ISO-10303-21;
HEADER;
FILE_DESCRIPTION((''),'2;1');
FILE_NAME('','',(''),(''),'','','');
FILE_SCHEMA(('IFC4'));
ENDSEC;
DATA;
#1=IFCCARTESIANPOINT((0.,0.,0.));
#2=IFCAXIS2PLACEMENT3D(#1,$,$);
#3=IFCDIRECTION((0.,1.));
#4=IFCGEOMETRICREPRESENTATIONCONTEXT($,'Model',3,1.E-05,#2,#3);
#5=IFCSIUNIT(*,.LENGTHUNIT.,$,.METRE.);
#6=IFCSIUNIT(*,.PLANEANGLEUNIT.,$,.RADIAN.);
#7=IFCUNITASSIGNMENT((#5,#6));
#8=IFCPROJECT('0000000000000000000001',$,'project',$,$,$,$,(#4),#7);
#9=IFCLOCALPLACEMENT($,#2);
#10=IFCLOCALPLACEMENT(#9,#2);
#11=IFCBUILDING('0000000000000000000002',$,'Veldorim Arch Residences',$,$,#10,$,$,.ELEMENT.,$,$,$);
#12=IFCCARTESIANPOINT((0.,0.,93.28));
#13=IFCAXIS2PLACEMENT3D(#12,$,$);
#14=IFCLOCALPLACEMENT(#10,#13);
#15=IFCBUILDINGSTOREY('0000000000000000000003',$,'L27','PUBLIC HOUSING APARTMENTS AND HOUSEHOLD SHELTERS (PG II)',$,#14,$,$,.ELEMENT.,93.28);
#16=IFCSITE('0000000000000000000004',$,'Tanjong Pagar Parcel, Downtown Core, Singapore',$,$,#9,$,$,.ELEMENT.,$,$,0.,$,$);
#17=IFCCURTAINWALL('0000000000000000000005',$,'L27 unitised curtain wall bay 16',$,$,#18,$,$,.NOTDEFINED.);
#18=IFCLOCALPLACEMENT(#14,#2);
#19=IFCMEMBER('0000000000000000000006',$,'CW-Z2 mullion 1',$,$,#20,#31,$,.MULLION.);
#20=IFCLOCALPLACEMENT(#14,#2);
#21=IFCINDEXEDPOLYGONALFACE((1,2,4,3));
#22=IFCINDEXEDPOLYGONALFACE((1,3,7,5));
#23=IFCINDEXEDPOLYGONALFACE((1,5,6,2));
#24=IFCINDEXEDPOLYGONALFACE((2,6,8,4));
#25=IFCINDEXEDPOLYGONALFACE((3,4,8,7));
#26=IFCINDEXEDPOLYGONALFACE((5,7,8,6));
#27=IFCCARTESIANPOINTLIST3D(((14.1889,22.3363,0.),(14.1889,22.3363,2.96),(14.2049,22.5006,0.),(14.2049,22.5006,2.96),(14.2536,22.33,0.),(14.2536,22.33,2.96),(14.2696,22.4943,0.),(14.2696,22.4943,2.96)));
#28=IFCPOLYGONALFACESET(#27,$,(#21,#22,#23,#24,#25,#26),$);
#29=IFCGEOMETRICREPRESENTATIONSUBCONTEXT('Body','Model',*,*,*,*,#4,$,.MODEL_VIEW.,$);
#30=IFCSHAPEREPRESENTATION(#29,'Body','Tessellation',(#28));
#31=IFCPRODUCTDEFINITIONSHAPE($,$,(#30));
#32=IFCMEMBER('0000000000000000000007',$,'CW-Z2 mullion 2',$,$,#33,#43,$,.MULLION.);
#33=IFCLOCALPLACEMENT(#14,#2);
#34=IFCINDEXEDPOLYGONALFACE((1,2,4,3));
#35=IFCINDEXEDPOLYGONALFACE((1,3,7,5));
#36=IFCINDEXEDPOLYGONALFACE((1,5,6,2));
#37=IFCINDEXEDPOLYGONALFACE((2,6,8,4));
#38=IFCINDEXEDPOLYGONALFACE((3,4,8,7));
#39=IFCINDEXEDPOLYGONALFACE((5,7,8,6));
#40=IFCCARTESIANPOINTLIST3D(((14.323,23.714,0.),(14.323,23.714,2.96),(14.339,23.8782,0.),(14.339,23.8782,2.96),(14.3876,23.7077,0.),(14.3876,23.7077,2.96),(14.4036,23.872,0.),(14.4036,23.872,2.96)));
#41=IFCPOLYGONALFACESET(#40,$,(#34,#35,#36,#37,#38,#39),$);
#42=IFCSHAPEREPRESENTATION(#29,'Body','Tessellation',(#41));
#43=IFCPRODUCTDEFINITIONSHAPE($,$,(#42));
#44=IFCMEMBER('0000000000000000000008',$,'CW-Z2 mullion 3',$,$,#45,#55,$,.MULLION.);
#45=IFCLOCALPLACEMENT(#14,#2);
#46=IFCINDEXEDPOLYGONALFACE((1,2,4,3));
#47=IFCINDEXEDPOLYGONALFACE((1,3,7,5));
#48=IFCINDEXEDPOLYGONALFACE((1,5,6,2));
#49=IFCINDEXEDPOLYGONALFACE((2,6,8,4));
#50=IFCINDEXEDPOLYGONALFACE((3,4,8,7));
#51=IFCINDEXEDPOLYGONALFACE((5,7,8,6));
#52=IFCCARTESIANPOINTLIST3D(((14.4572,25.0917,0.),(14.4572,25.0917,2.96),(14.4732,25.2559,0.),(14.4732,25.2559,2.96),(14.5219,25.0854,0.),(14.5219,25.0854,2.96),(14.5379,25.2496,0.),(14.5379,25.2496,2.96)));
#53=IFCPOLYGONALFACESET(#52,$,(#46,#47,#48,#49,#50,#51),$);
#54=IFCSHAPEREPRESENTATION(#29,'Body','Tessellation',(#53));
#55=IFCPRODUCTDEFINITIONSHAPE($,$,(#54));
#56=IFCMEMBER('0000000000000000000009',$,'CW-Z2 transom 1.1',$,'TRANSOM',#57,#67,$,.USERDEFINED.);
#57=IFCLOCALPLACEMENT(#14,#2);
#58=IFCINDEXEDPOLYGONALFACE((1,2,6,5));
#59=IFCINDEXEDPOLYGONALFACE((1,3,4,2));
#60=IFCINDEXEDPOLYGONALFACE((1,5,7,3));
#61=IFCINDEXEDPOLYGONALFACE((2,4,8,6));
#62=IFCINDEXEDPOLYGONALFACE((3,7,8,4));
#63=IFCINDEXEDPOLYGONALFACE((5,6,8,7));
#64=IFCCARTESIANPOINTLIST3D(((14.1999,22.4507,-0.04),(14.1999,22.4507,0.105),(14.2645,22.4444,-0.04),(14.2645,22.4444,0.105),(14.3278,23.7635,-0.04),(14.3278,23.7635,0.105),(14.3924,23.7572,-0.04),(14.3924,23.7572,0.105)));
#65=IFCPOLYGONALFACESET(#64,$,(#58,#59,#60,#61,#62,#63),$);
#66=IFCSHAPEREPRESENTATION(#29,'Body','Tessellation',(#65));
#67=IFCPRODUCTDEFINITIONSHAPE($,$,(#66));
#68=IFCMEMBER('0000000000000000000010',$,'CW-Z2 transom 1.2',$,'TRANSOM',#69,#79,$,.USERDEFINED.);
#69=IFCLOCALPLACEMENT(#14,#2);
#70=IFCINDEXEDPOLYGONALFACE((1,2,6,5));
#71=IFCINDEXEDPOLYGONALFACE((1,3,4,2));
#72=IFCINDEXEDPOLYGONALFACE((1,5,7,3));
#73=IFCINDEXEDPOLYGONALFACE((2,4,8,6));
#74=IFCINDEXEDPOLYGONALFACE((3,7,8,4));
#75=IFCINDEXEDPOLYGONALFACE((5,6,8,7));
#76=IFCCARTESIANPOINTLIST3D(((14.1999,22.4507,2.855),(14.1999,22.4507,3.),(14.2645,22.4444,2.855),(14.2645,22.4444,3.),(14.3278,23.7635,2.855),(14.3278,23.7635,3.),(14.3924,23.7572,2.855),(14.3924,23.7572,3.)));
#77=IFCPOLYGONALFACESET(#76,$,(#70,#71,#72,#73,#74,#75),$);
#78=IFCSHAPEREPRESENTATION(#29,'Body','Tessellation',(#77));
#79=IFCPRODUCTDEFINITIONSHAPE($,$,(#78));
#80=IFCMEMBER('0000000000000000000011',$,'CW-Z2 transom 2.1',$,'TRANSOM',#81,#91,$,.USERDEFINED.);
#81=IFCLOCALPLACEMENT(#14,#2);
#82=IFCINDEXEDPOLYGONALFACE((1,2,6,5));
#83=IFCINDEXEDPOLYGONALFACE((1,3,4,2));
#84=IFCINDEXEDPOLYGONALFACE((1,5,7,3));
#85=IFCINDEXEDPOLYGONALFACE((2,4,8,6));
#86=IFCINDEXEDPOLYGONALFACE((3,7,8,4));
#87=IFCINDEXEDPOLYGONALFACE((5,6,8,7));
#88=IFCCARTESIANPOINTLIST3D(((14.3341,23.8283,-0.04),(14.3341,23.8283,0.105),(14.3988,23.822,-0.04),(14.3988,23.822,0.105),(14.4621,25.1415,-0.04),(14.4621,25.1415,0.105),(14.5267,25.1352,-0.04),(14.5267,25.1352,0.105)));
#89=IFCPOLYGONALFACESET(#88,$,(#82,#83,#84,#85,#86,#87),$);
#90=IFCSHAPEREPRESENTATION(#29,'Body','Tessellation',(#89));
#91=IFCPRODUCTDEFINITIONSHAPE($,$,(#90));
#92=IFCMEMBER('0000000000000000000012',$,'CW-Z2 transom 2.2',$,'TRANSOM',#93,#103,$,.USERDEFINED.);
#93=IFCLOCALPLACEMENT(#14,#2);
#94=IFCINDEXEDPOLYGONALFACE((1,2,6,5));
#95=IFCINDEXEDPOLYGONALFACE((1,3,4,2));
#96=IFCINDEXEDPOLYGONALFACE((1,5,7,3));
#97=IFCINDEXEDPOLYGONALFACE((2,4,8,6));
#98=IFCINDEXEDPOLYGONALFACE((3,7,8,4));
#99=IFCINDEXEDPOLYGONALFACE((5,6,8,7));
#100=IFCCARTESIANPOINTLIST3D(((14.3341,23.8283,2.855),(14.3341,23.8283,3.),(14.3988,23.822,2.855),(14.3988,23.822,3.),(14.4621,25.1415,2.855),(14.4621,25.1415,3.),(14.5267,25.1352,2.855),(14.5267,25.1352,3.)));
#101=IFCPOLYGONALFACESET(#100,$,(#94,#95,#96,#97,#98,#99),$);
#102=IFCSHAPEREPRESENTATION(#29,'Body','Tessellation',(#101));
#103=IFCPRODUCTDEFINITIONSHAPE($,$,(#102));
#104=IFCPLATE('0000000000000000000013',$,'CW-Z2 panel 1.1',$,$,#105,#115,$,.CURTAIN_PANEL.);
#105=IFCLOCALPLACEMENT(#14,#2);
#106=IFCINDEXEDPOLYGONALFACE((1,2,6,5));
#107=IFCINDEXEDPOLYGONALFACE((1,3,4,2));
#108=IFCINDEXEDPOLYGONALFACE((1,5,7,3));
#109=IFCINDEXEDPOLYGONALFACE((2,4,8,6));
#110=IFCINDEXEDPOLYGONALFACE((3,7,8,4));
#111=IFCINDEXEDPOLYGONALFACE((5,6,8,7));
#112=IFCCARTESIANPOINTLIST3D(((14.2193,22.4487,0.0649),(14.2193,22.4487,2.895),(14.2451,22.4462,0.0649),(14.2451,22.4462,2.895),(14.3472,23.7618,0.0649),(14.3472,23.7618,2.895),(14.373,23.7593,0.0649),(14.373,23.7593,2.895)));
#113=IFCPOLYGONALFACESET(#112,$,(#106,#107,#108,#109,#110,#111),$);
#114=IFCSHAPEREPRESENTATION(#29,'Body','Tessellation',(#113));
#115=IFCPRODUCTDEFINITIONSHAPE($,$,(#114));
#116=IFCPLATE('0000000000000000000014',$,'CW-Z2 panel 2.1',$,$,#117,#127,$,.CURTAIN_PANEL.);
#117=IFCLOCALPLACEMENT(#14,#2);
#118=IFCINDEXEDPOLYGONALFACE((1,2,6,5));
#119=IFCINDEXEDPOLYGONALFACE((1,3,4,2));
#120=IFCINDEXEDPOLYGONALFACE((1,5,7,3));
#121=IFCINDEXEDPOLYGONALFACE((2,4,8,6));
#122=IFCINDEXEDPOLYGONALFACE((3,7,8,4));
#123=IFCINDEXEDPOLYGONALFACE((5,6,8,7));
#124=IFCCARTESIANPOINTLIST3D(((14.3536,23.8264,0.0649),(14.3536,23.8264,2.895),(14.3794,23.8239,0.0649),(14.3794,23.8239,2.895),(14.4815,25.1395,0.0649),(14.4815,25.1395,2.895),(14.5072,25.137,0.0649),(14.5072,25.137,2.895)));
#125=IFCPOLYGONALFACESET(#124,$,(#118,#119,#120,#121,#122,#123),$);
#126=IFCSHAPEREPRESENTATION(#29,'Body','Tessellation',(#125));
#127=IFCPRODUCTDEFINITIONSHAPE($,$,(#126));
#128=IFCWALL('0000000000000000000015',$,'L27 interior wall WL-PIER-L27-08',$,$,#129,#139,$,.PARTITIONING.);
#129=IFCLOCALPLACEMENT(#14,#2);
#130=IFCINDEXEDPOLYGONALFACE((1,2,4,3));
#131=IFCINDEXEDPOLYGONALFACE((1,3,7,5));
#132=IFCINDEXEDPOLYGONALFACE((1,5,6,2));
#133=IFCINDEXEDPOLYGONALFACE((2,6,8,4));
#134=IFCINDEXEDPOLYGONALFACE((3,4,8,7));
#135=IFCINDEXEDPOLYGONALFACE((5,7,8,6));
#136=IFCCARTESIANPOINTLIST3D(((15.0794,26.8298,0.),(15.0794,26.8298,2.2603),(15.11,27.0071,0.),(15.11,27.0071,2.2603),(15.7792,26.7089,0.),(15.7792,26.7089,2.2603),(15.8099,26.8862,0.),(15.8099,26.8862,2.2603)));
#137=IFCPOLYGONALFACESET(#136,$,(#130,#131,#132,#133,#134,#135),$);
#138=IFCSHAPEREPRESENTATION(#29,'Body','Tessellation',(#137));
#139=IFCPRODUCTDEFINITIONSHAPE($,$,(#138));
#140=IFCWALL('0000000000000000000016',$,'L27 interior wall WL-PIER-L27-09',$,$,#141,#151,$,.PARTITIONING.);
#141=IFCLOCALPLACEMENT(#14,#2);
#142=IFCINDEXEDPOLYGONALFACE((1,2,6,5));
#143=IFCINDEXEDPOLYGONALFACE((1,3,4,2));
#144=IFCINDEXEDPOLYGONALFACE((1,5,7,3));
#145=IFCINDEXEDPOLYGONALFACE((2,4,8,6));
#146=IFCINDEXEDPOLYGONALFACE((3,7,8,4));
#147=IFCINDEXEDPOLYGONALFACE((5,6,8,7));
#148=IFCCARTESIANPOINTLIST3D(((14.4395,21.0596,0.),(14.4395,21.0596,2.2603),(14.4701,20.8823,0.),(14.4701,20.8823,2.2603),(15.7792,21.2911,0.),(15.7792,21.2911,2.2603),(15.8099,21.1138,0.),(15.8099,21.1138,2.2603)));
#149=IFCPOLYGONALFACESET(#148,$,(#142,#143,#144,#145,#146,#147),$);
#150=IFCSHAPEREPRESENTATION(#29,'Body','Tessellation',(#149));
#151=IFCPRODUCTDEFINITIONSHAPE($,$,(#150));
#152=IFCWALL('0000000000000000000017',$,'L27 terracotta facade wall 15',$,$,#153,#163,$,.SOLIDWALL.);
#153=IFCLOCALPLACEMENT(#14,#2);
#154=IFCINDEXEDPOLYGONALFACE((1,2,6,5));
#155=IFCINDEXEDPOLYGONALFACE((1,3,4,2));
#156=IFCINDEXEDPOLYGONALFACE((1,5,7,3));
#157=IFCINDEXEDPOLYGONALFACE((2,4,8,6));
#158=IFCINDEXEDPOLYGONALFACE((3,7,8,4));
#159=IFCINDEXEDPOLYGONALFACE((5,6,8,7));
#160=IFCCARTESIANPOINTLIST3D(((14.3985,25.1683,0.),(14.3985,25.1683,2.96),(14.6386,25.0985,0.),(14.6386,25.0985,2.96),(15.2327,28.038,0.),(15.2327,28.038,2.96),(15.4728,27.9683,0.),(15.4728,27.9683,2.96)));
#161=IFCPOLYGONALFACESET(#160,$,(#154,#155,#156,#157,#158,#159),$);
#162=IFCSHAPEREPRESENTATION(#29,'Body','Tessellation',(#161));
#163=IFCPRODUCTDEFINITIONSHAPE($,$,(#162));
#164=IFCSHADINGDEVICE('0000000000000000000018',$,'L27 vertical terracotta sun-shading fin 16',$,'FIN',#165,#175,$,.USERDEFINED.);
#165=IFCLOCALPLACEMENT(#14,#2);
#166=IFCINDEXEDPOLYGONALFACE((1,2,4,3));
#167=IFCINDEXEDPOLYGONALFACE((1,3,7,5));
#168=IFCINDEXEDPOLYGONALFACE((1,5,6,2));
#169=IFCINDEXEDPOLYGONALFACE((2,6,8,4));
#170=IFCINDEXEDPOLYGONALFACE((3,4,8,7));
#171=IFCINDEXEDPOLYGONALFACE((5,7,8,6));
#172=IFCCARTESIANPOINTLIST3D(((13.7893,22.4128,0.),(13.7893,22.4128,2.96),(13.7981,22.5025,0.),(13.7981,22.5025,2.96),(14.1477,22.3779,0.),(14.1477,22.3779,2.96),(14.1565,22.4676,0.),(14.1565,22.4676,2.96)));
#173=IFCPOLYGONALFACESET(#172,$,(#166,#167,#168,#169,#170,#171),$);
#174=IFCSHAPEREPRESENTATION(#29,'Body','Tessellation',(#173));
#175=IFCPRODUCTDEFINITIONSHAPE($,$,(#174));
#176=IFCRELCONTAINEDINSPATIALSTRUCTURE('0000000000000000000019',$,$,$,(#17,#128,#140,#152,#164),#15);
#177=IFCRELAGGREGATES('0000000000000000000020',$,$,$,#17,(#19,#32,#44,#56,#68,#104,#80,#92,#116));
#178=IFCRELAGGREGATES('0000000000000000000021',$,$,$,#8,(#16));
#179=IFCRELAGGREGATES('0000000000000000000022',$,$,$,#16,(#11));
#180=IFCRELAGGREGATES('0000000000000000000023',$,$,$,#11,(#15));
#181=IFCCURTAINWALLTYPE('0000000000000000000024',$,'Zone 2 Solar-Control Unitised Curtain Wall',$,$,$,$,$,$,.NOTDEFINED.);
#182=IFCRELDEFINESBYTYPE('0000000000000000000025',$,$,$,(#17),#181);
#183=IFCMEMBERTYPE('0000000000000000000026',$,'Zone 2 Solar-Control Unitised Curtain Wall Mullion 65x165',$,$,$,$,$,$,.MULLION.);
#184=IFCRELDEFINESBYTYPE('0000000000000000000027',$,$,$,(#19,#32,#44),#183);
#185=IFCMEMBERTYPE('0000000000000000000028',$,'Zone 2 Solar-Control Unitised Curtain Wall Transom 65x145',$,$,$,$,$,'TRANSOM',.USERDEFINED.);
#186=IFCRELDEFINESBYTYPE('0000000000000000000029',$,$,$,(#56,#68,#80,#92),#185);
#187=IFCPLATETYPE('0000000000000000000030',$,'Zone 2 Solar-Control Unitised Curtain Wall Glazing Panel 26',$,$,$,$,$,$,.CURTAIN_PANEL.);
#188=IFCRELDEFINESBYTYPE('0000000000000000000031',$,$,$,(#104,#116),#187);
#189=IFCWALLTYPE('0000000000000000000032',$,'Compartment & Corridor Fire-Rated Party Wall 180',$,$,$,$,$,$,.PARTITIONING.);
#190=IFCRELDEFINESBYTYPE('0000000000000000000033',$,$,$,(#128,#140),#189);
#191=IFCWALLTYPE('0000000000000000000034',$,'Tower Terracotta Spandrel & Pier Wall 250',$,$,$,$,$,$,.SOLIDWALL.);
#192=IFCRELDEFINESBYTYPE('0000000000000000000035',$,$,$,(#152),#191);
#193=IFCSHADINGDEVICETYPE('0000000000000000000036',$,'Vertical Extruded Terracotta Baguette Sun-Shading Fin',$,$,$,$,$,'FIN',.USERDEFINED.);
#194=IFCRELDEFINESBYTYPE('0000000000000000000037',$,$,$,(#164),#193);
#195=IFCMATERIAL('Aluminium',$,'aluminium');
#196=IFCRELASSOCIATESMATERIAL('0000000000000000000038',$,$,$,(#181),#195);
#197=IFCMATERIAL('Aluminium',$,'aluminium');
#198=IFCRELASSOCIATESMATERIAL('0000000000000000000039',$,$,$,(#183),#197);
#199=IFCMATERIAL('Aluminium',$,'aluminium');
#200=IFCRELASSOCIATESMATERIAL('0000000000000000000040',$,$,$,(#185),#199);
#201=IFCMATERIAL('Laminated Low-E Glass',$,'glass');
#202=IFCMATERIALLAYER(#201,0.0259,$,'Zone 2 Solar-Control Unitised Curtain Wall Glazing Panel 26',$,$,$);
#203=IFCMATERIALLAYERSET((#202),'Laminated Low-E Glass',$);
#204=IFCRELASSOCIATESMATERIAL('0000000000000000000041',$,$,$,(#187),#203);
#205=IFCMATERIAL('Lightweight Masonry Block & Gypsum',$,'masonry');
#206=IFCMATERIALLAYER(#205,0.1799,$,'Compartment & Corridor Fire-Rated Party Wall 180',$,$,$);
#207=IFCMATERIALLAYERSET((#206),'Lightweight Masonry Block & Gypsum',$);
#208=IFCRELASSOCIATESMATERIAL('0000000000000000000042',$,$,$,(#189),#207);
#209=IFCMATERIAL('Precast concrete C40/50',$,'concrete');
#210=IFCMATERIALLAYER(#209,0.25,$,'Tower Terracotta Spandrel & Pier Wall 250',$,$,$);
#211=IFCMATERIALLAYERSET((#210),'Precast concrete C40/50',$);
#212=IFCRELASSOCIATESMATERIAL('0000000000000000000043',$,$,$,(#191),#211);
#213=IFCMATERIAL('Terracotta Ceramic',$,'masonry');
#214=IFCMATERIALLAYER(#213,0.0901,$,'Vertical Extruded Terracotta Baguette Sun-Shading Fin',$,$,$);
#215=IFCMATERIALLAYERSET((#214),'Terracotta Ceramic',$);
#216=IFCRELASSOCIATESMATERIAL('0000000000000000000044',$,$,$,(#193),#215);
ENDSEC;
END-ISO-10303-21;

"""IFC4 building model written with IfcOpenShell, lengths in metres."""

from ifc_helpers import new_model, si_unit, direction, frame, frame_2d, origin, origin_2d, place, context, subcontext, project, spatial, rectangle, extrude, material, layer, layer_set, material_profile, profile_set, type_object, element, aggregate, save


model = new_model("IFC4")

# Units and contexts
model_context = context("Model", 3, precision=1e-05, world=origin(), true_north=direction((0.0, 1.0)))
body_context = subcontext(model_context, "Body", "Model", "MODEL_VIEW")
ifc_project = project(units=[si_unit("LENGTHUNIT", "METRE"), si_unit("PLANEANGLEUNIT", "RADIAN")], contexts=[model_context])

# Site, building, storey
site_placement = place(None, origin())
site = spatial("IfcSite", under=ifc_project, at=site_placement, Name="Tanjong Pagar Parcel, Downtown Core, Singapore", CompositionType="ELEMENT", RefElevation=0.0)
building_placement = place(site_placement, origin())
building = spatial("IfcBuilding", under=site, at=building_placement, Name="Veldorim Arch Residences", CompositionType="ELEMENT")
storey_placement = place(building_placement, frame((0.0, 0.0, 93.28)))
storey = spatial("IfcBuildingStorey", under=building, at=storey_placement, Name="L27", Description="PUBLIC HOUSING APARTMENTS AND HOUSEHOLD SHELTERS (PG II)", CompositionType="ELEMENT", Elevation=93.28)

# Curtain wall, members, plates
ifc_material_1 = material(Name="Aluminium", Category="aluminium")
curtain_wall_type = type_object("IfcCurtainWallType", Name="Zone 2 Solar-Control Unitised Curtain Wall", PredefinedType="NOTDEFINED", material=ifc_material_1)
curtain_wall_placement = place(storey_placement, origin())
curtain_wall = element("IfcCurtainWall", 1, at=curtain_wall_placement, inside=storey, type_object=curtain_wall_type, Name="L27 unitised curtain wall bay 16", PredefinedType="NOTDEFINED")
ifc_material_2 = material(Name="Aluminium", Category="aluminium")
ifc_material_profile_1 = material_profile(ifc_material_2, rectangle(XDim=0.0649, YDim=0.165, at=origin_2d()), Name="ALU_MUL_65x165")
ifc_profile_set_1 = profile_set([ifc_material_profile_1], Name="Aluminium")
member_type_1 = type_object("IfcMemberType", Name="Zone 2 Solar-Control Unitised Curtain Wall Mullion 65x165", PredefinedType="MULLION", material=ifc_profile_set_1)
member_1_placement = place(storey_placement, frame((14.2292, 22.4153, 0.0), z_axis=(0.0, 0.0, 1.0), x_axis=(-0.995293, 0.096914, 0.0)))
member_1 = element("IfcMember", 2, at=member_1_placement, type_object=member_type_1, Name="CW-Z2 mullion 1", PredefinedType="MULLION", context=body_context, shape_type="SweptSolid", body=[
    extrude(rectangle(XDim=0.0649, YDim=0.165, at=origin_2d()), origin(), (0.0, 0.0, 1.0), 2.96),
])
member_2_placement = place(storey_placement, frame((14.3633, 23.793, 0.0), z_axis=(0.0, 0.0, 1.0), x_axis=(-0.995293, 0.096914, 0.0)))
member_2 = element("IfcMember", 3, at=member_2_placement, type_object=member_type_1, Name="CW-Z2 mullion 2", PredefinedType="MULLION", context=body_context, shape_type="SweptSolid", body=[
    extrude(rectangle(XDim=0.0649, YDim=0.165, at=origin_2d()), origin(), (0.0, 0.0, 1.0), 2.96),
])
member_3_placement = place(storey_placement, frame((14.4976, 25.1707, 0.0), z_axis=(0.0, 0.0, 1.0), x_axis=(-0.995293, 0.096914, 0.0)))
member_3 = element("IfcMember", 4, at=member_3_placement, type_object=member_type_1, Name="CW-Z2 mullion 3", PredefinedType="MULLION", context=body_context, shape_type="SweptSolid", body=[
    extrude(rectangle(XDim=0.0649, YDim=0.165, at=origin_2d()), origin(), (0.0, 0.0, 1.0), 2.96),
])
ifc_material_3 = material(Name="Aluminium", Category="aluminium")
ifc_material_profile_2 = material_profile(ifc_material_3, rectangle(XDim=0.0649, YDim=0.145, at=origin_2d()), Name="ALU_TRN_65x145")
ifc_profile_set_2 = profile_set([ifc_material_profile_2], Name="Aluminium")
member_type_2 = type_object("IfcMemberType", Name="Zone 2 Solar-Control Unitised Curtain Wall Transom 65x145", ElementType="TRANSOM", PredefinedType="USERDEFINED", material=ifc_profile_set_2)
member_4_placement = place(storey_placement, frame((14.2322, 22.4475, 0.0325), z_axis=(0.096975, 0.995287, 0.0), x_axis=(-0.995287, 0.096975, 0.0)))
member_4 = element("IfcMember", 5, at=member_4_placement, type_object=member_type_2, Name="CW-Z2 transom 1.1", ObjectType="TRANSOM", PredefinedType="USERDEFINED", context=body_context, shape_type="SweptSolid", body=[
    extrude(rectangle(XDim=0.0649, YDim=0.145, at=origin_2d()), origin(), (0.0, 0.0, 1.0), 1.3191),
])
member_5_placement = place(storey_placement, frame((14.2322, 22.4475, 2.9275), z_axis=(0.096975, 0.995287, 0.0), x_axis=(-0.995287, 0.096975, 0.0)))
member_5 = element("IfcMember", 6, at=member_5_placement, type_object=member_type_2, Name="CW-Z2 transom 1.2", ObjectType="TRANSOM", PredefinedType="USERDEFINED", context=body_context, shape_type="SweptSolid", body=[
    extrude(rectangle(XDim=0.0649, YDim=0.145, at=origin_2d()), origin(), (0.0, 0.0, 1.0), 1.3191),
])
member_6_placement = place(storey_placement, frame((14.3665, 23.8252, 0.0325), z_axis=(0.096957, 0.995289, 0.0), x_axis=(-0.995289, 0.096957, 0.0)))
member_6 = element("IfcMember", 7, at=member_6_placement, type_object=member_type_2, Name="CW-Z2 transom 2.1", ObjectType="TRANSOM", PredefinedType="USERDEFINED", context=body_context, shape_type="SweptSolid", body=[
    extrude(rectangle(XDim=0.0649, YDim=0.145, at=origin_2d()), origin(), (0.0, 0.0, 1.0), 1.3193),
])
member_7_placement = place(storey_placement, frame((14.3665, 23.8252, 2.9275), z_axis=(0.096957, 0.995289, 0.0), x_axis=(-0.995289, 0.096957, 0.0)))
member_7 = element("IfcMember", 8, at=member_7_placement, type_object=member_type_2, Name="CW-Z2 transom 2.2", ObjectType="TRANSOM", PredefinedType="USERDEFINED", context=body_context, shape_type="SweptSolid", body=[
    extrude(rectangle(XDim=0.0649, YDim=0.145, at=origin_2d()), origin(), (0.0, 0.0, 1.0), 1.3193),
])
ifc_material_4 = material(Name="Laminated Low-E Glass", Category="glass")
ifc_layer_1 = layer(ifc_material_4, 0.0259, Name="Zone 2 Solar-Control Unitised Curtain Wall Glazing Panel 26")
ifc_layer_set_1 = layer_set([ifc_layer_1], Name="Laminated Low-E Glass")
plate_type = type_object("IfcPlateType", Name="Zone 2 Solar-Control Unitised Curtain Wall Glazing Panel 26", PredefinedType="CURTAIN_PANEL", material=ifc_layer_set_1)
plate_1_placement = place(storey_placement, frame((14.2961, 23.104, 0.0649), z_axis=(0.0, 0.0, 1.0), x_axis=(0.096914, 0.995293, 0.0)))
plate_1 = element("IfcPlate", 9, at=plate_1_placement, type_object=plate_type, Name="CW-Z2 panel 1.1", PredefinedType="CURTAIN_PANEL", context=body_context, shape_type="SweptSolid", body=[
    extrude(rectangle(XDim=1.3193, YDim=0.0259, at=origin_2d()), origin(), (0.0, 0.0, 1.0), 2.8301),
])
plate_2_placement = place(storey_placement, frame((14.4304, 24.4817, 0.0649), z_axis=(0.0, 0.0, 1.0), x_axis=(0.096914, 0.995293, 0.0)))
plate_2 = element("IfcPlate", 10, at=plate_2_placement, type_object=plate_type, Name="CW-Z2 panel 2.1", PredefinedType="CURTAIN_PANEL", context=body_context, shape_type="SweptSolid", body=[
    extrude(rectangle(XDim=1.3193, YDim=0.0259, at=origin_2d()), origin(), (0.0, 0.0, 1.0), 2.8301),
])
aggregate(curtain_wall, [member_1, member_2, member_3, member_4, member_5, plate_1, member_6, member_7, plate_2])

# Walls
ifc_material_5 = material(Name="Lightweight Masonry Block & Gypsum", Category="masonry")
ifc_layer_2 = layer(ifc_material_5, 0.1799, Name="Compartment & Corridor Fire-Rated Party Wall 180")
ifc_layer_set_2 = layer_set([ifc_layer_2], Name="Lightweight Masonry Block & Gypsum")
wall_type_1 = type_object("IfcWallType", Name="Compartment & Corridor Fire-Rated Party Wall 180", PredefinedType="PARTITIONING", material=ifc_layer_set_2)
wall_1_placement = place(storey_placement, frame((15.7944, 26.7976, 0.0), z_axis=(0.0, 0.0, 1.0), x_axis=(-0.98542, 0.170137, 0.0)))
element("IfcWall", 11, at=wall_1_placement, inside=storey, type_object=wall_type_1, Name="L27 interior wall WL-PIER-L27-08", PredefinedType="PARTITIONING", context=body_context, shape_type="SweptSolid", body=[
    extrude(rectangle(XDim=0.7102, YDim=0.1799, at=frame_2d((0.355, 0.0))), origin(), (0.0, 0.0, 1.0), 2.2603),
])
wall_2_placement = place(storey_placement, frame((15.7944, 21.2024, 0.0), z_axis=(0.0, 0.0, 1.0), x_axis=(-0.985406, -0.17022, 0.0)))
element("IfcWall", 12, at=wall_2_placement, inside=storey, type_object=wall_type_1, Name="L27 interior wall WL-PIER-L27-09", PredefinedType="PARTITIONING", context=body_context, shape_type="SweptSolid", body=[
    extrude(rectangle(XDim=1.3596, YDim=0.1799, at=frame_2d((0.6797, 0.0))), origin(), (0.0, 0.0, 1.0), 2.2603),
])
ifc_material_6 = material(Name="Precast concrete C40/50", Category="concrete")
ifc_layer_3 = layer(ifc_material_6, 0.25, Name="Tower Terracotta Spandrel & Pier Wall 250")
ifc_layer_set_3 = layer_set([ifc_layer_3], Name="Precast concrete C40/50")
wall_type_2 = type_object("IfcWallType", Name="Tower Terracotta Spandrel & Pier Wall 250", PredefinedType="SOLIDWALL", material=ifc_layer_set_3)
wall_3_placement = place(storey_placement, frame((14.5186, 25.1335, 0.0), z_axis=(0.0, 0.0, 1.0), x_axis=(0.279153, 0.960247, 0.0)))
element("IfcWall", 13, at=wall_3_placement, inside=storey, type_object=wall_type_2, Name="L27 terracotta facade wall 15", PredefinedType="SOLIDWALL", context=body_context, shape_type="SweptSolid", body=[
    extrude(rectangle(XDim=2.9885, YDim=0.25, at=frame_2d((1.4941, 0.0))), origin(), (0.0, 0.0, 1.0), 2.96),
])

# Shading device
ifc_material_7 = material(Name="Terracotta Ceramic", Category="masonry")
ifc_layer_4 = layer(ifc_material_7, 0.0901, Name="Vertical Extruded Terracotta Baguette Sun-Shading Fin")
ifc_layer_set_4 = layer_set([ifc_layer_4], Name="Terracotta Ceramic")
shading_device_type = type_object("IfcShadingDeviceType", Name="Vertical Extruded Terracotta Baguette Sun-Shading Fin", ElementType="FIN", PredefinedType="USERDEFINED", material=ifc_layer_set_4)
shading_device_placement = place(storey_placement, frame((13.9729, 22.4402, 0.0), z_axis=(0.0, 0.0, 1.0), x_axis=(0.096888, 0.995295, 0.0)))
element("IfcShadingDevice", 14, at=shading_device_placement, inside=storey, type_object=shading_device_type, Name="L27 vertical terracotta sun-shading fin 16", ObjectType="FIN", PredefinedType="USERDEFINED", context=body_context, shape_type="SweptSolid", body=[
    extrude(rectangle(XDim=0.0901, YDim=0.3601, at=origin_2d()), origin(), (0.0, 0.0, 1.0), 2.96),
])

save(model, "model.ifc")
